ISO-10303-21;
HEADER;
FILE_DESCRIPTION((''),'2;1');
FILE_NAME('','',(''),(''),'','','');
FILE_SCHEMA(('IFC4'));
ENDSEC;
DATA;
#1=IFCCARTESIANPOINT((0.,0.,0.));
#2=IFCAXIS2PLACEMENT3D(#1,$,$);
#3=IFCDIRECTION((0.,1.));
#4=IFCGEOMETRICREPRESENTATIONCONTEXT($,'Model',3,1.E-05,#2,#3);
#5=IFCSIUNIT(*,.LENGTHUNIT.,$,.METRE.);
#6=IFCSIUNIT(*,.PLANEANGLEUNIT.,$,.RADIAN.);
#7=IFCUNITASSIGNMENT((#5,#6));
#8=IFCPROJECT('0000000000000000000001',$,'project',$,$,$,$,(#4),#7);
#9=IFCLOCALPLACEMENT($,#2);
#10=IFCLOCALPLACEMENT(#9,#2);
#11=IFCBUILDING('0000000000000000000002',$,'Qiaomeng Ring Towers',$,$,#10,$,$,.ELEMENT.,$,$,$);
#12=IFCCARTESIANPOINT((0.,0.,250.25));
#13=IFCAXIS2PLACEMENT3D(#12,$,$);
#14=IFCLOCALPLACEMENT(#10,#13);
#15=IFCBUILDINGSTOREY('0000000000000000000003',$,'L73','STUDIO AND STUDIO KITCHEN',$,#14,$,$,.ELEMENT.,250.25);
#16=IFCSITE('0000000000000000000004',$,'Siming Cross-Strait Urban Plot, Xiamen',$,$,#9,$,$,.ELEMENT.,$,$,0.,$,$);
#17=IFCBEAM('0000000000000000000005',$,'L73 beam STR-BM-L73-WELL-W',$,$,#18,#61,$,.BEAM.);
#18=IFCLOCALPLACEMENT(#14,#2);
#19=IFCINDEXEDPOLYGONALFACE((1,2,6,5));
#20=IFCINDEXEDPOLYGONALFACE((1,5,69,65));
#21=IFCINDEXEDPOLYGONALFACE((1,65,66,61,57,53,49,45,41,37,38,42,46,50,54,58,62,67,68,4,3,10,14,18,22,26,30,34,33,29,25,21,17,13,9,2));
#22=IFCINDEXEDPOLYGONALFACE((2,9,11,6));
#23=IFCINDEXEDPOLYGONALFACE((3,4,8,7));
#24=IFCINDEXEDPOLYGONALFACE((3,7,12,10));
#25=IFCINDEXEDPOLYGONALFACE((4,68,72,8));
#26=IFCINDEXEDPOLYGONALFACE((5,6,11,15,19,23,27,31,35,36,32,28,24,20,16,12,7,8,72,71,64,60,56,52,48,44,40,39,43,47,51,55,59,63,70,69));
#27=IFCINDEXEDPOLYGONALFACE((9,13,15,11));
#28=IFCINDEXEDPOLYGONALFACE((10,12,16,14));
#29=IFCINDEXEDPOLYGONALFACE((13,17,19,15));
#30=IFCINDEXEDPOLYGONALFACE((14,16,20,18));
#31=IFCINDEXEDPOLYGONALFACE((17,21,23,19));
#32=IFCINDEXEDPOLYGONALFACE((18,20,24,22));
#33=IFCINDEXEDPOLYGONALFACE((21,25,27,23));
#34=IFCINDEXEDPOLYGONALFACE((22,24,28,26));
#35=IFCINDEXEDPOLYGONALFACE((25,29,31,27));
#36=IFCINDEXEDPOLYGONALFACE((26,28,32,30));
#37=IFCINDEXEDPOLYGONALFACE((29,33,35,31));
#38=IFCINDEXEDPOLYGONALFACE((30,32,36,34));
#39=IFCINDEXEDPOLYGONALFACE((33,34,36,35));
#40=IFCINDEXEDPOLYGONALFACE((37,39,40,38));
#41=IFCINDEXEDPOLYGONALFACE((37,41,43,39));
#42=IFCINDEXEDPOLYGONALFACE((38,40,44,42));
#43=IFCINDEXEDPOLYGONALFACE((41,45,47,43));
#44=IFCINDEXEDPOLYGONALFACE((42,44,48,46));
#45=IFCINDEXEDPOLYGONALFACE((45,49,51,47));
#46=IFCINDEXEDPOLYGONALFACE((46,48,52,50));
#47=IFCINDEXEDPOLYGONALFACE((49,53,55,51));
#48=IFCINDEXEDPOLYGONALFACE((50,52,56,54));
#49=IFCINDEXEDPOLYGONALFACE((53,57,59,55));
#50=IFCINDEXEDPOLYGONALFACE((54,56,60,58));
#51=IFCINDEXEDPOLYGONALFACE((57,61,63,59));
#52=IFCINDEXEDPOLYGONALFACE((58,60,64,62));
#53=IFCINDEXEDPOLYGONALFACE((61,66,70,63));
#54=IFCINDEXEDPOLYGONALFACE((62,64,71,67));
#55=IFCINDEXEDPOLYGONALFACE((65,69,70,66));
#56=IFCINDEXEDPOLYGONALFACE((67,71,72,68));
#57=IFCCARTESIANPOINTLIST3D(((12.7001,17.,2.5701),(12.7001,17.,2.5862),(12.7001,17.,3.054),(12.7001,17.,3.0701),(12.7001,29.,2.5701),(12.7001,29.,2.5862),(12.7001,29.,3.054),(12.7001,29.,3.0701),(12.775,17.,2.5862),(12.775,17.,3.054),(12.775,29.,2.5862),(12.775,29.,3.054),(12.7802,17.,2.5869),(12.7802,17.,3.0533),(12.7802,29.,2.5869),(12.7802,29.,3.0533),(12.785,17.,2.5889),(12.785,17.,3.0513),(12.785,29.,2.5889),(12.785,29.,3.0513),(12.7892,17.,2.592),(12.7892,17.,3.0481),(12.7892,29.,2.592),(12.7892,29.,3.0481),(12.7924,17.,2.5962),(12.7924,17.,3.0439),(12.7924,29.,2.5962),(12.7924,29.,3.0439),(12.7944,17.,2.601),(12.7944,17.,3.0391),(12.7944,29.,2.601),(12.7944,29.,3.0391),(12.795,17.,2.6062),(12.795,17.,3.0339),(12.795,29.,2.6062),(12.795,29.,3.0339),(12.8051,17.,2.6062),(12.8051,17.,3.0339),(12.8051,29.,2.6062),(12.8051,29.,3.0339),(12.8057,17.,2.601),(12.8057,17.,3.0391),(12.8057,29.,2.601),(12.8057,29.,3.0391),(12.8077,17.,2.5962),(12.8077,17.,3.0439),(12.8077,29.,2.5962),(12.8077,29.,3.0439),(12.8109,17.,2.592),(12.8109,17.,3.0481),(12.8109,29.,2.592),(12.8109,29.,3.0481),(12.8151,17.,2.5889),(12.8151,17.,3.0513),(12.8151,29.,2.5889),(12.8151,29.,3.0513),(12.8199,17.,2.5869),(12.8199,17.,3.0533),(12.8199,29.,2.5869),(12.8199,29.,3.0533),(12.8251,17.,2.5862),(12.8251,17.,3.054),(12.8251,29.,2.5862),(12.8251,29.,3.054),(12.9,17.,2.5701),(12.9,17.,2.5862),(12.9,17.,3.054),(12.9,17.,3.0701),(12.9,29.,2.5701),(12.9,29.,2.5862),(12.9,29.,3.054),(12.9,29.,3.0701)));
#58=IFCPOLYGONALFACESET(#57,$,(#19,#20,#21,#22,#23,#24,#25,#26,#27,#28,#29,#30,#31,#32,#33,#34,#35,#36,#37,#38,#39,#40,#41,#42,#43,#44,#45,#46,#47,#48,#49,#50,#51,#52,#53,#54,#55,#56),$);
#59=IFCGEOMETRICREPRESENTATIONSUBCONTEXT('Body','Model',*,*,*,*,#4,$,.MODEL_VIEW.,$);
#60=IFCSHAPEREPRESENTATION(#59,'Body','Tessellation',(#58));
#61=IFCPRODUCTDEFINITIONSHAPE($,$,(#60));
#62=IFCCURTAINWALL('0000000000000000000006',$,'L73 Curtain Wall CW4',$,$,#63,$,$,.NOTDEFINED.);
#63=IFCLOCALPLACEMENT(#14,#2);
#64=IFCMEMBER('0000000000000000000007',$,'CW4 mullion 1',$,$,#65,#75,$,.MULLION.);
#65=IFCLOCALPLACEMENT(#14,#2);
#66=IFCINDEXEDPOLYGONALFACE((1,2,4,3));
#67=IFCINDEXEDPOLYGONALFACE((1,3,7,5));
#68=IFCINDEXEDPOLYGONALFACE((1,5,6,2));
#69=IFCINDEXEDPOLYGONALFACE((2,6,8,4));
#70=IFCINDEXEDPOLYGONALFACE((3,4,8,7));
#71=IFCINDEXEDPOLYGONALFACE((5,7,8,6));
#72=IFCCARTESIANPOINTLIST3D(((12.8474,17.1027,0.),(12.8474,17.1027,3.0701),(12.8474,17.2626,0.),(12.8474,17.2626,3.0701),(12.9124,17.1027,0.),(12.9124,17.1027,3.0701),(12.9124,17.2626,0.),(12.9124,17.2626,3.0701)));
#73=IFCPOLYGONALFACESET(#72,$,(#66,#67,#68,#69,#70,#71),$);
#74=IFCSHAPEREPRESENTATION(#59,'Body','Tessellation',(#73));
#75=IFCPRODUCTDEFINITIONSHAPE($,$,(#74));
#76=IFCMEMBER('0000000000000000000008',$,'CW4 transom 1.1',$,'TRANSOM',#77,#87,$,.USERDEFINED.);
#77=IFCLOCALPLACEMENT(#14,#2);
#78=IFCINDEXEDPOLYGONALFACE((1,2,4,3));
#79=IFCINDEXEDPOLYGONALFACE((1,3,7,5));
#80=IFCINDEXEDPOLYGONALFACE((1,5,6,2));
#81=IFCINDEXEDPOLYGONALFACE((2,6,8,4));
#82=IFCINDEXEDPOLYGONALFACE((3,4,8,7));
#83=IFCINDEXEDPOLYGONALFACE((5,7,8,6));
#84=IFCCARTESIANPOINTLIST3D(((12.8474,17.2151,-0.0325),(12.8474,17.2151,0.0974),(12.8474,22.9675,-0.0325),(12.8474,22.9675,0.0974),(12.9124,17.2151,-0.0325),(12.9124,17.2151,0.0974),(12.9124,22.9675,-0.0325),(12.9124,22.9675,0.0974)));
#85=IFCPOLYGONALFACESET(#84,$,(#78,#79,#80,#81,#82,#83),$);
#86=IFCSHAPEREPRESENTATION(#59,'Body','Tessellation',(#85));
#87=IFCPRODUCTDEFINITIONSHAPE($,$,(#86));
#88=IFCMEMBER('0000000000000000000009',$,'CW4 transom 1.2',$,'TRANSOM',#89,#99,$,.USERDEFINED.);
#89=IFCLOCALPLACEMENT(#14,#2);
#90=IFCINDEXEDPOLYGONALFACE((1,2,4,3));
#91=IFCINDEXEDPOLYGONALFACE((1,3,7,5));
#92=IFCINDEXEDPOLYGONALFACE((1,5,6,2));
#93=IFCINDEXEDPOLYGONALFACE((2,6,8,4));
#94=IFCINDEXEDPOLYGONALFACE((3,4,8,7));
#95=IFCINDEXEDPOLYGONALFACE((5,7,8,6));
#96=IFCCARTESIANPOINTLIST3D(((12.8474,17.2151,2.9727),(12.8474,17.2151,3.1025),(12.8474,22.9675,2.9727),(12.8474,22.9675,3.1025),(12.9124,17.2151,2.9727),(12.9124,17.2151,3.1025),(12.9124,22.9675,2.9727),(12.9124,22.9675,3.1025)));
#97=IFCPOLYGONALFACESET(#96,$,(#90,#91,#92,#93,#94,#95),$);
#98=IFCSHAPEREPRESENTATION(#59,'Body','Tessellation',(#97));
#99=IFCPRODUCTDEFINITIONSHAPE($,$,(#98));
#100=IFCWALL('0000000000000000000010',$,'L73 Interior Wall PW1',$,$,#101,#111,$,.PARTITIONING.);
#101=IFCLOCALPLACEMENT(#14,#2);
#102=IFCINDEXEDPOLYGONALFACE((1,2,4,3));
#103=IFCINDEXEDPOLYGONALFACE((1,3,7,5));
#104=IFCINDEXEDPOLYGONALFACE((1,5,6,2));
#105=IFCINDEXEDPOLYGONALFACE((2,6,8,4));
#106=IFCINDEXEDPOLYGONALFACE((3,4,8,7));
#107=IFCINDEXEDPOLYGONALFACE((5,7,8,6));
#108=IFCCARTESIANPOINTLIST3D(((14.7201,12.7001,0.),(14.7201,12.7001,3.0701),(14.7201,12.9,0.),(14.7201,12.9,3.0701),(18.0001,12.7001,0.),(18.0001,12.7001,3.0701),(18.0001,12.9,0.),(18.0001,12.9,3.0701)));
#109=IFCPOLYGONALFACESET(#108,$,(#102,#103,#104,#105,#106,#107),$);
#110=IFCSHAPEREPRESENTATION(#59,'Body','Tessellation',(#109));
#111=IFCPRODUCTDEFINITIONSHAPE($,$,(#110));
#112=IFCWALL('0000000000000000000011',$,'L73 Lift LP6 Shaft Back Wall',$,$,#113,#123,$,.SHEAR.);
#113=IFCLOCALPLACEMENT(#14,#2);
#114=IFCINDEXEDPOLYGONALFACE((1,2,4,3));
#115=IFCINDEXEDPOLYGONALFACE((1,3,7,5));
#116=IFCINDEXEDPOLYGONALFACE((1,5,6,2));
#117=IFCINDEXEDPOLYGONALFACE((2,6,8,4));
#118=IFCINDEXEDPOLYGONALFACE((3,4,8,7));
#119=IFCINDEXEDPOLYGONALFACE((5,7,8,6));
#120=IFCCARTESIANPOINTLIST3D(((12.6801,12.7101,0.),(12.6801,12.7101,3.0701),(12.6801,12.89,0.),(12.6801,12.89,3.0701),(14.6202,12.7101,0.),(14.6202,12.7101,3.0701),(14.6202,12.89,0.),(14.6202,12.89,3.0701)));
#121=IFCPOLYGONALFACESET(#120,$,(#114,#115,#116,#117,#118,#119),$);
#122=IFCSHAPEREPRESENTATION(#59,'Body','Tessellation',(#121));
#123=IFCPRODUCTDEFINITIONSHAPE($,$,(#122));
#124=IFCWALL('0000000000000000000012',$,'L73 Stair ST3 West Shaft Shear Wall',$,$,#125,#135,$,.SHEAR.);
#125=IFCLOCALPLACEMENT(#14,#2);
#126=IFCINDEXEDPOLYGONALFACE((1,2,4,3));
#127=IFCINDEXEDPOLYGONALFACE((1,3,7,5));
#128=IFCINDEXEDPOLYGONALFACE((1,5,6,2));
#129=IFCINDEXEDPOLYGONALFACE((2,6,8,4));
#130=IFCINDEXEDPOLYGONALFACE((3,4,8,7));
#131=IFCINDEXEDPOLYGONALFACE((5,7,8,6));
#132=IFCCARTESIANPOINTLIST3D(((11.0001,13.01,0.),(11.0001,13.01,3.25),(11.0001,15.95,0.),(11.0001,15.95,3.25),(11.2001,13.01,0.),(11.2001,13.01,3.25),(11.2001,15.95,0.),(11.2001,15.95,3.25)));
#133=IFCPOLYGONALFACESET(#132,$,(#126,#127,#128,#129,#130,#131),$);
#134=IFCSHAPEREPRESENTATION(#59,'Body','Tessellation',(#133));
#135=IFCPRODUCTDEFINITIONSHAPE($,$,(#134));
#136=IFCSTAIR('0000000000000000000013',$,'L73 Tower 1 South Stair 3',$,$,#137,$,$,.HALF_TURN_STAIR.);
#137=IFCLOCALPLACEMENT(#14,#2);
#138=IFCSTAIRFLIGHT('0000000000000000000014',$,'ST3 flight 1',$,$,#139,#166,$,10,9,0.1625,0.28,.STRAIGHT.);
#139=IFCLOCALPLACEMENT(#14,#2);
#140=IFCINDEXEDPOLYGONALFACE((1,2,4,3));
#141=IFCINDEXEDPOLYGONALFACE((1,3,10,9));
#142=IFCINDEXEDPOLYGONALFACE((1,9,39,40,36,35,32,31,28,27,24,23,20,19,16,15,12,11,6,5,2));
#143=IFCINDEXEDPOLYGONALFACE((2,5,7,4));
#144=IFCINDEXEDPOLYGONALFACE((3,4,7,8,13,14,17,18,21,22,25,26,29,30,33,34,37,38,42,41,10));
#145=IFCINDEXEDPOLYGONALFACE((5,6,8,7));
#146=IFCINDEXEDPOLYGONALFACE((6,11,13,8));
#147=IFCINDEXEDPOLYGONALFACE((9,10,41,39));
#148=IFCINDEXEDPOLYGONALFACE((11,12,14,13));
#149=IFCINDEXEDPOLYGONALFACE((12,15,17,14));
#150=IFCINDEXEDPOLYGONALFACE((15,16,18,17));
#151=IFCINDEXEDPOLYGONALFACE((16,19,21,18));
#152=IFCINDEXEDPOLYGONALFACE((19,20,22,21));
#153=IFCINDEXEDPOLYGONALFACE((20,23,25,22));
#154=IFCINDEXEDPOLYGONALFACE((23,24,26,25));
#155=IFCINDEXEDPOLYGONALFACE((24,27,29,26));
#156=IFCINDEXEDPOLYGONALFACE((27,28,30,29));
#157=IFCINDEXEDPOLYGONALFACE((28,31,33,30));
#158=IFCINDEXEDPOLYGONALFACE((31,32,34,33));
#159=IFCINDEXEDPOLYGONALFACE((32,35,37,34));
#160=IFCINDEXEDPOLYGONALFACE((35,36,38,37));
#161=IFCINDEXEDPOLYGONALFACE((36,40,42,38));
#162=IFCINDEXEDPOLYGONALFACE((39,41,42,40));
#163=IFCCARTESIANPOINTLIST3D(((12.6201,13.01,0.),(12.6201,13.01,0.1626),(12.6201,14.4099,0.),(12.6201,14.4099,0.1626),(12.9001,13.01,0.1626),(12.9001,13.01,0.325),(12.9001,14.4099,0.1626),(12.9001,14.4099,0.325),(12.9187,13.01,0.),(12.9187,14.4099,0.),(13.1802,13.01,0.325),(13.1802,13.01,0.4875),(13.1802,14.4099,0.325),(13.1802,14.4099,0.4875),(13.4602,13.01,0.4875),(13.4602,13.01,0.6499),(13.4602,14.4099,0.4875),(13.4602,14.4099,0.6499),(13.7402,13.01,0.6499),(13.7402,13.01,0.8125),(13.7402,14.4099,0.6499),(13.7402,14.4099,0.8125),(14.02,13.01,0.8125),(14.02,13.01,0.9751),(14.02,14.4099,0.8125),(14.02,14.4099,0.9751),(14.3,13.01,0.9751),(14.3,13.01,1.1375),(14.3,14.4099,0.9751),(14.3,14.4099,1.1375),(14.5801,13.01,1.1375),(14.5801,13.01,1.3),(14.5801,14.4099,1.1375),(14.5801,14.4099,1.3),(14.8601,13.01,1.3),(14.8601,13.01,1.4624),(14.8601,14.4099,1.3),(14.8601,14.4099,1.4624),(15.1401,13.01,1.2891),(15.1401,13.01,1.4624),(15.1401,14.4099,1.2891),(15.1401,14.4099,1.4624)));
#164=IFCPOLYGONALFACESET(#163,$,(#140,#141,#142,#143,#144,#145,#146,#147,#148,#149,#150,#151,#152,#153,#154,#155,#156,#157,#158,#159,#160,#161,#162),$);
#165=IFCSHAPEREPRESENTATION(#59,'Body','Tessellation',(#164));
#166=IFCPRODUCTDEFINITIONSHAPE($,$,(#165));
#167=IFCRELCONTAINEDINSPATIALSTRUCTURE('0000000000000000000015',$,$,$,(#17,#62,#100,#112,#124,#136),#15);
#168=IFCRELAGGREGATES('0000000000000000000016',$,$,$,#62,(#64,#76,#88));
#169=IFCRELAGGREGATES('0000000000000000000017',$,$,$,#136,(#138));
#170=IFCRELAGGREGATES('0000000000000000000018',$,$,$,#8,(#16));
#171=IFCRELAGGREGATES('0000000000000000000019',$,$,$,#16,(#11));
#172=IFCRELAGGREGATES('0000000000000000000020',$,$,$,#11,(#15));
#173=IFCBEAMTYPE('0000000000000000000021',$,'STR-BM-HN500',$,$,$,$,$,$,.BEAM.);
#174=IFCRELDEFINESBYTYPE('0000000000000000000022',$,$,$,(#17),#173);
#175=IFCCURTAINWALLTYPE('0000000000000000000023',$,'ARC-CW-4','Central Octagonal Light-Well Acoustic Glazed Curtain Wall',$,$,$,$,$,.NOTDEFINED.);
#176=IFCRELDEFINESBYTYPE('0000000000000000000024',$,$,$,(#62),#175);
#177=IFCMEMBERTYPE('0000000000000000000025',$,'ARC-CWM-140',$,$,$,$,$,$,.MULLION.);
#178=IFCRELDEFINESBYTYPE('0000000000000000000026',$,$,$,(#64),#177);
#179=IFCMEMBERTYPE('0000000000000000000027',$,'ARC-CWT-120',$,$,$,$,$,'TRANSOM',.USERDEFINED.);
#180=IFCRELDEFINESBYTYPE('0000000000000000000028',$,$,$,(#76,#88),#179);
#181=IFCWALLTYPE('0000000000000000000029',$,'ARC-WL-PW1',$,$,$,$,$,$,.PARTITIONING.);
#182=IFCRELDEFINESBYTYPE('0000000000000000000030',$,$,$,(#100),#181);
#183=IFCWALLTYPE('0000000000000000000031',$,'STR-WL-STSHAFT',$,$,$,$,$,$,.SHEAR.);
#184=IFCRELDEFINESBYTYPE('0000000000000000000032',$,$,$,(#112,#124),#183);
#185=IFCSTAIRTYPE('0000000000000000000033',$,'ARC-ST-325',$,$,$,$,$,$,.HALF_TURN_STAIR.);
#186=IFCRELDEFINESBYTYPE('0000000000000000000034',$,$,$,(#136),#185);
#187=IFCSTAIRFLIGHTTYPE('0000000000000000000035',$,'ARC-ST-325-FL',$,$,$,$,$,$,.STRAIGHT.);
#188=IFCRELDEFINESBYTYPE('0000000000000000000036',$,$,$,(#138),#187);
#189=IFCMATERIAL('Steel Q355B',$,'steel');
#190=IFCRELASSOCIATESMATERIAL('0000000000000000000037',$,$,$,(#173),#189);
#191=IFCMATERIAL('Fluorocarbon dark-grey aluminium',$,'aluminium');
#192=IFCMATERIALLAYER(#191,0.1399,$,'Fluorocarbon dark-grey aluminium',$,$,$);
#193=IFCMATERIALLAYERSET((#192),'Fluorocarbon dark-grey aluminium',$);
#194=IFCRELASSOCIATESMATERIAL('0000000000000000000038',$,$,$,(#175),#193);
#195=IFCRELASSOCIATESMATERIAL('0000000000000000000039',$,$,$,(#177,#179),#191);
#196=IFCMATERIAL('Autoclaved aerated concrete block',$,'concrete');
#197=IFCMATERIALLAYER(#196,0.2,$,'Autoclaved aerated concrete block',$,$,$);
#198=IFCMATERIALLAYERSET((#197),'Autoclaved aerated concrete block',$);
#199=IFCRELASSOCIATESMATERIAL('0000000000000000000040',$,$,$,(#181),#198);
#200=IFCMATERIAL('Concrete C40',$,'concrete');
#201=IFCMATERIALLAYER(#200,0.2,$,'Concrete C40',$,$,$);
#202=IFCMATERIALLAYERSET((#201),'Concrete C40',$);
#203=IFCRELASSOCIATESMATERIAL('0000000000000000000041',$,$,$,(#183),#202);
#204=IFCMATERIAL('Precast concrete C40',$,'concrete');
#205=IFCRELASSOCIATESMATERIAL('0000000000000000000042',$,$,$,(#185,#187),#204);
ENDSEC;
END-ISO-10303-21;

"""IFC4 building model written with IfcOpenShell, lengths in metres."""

from ifc_helpers import new_model, si_unit, direction, frame, frame_2d, origin, origin_2d, place, context, subcontext, project, spatial, polyline, rectangle, i_section, outline, extrude, source, transform, mapped, material, layer, layer_set, material_profile, profile_set, type_object, element, aggregate, save


model = new_model("IFC4")

# Units and contexts
model_context = context("Model", 3, precision=1e-05, world=origin(), true_north=direction((0.0, 1.0)))
body_context = subcontext(model_context, "Body", "Model", "MODEL_VIEW")
ifc_project = project(units=[si_unit("LENGTHUNIT", "METRE"), si_unit("PLANEANGLEUNIT", "RADIAN")], contexts=[model_context])

# Site, building, storey
site_placement = place(None, origin())
site = spatial("IfcSite", under=ifc_project, at=site_placement, Name="Siming Cross-Strait Urban Plot, Xiamen", CompositionType="ELEMENT", RefElevation=0.0)
building_placement = place(site_placement, origin())
building = spatial("IfcBuilding", under=site, at=building_placement, Name="Qiaomeng Ring Towers", CompositionType="ELEMENT")
storey_placement = place(building_placement, frame((0.0, 0.0, 250.25)))
storey = spatial("IfcBuildingStorey", under=building, at=storey_placement, Name="L73", Description="STUDIO AND STUDIO KITCHEN", CompositionType="ELEMENT", Elevation=250.25)

# Beam
ifc_material_1 = material(Name="Steel Q355B", Category="steel")
ifc_material_profile_1 = material_profile(ifc_material_1, i_section(OverallWidth=0.2, OverallDepth=0.5, WebThickness=0.01, FlangeThickness=0.0161, FilletRadius=0.02, at=origin_2d()), Name="HN 500x200x10x16")
ifc_profile_set_1 = profile_set([ifc_material_profile_1], Name="Steel Q355B")
beam_type = type_object("IfcBeamType", Name="STR-BM-HN500", PredefinedType="BEAM", material=ifc_profile_set_1)
shared_shape_1 = source(origin(), body_context, "Body", "SweptSolid", [
    extrude(i_section(OverallWidth=0.2, OverallDepth=0.5, WebThickness=0.01, FlangeThickness=0.0161, FilletRadius=0.02, at=origin_2d()), origin(), (0.0, 0.0, 1.0), 12.0),
])
beam_placement = place(storey_placement, frame((12.8, 17.0, 2.8201), z_axis=(0.0, 1.0, 0.0), x_axis=(-1.0, 0.0, 0.0)))
element("IfcBeam", 1, at=beam_placement, inside=storey, type_object=beam_type, Name="L73 beam STR-BM-L73-WELL-W", PredefinedType="BEAM", context=body_context, shape_type="MappedRepresentation", body=[
    mapped(shared_shape_1, transform((0.0, 0.0, 0.0), x_axis=(1.0, 0.0, 0.0), y_axis=(0.0, 1.0, 0.0), z_axis=(0.0, 0.0, 1.0), scale=1.0)),
])

# Curtain wall, members
ifc_material_2 = material(Name="Fluorocarbon dark-grey aluminium", Category="aluminium")
ifc_layer_1 = layer(ifc_material_2, 0.1399, Name="Fluorocarbon dark-grey aluminium")
ifc_layer_set_1 = layer_set([ifc_layer_1], Name="Fluorocarbon dark-grey aluminium")
curtain_wall_type = type_object("IfcCurtainWallType", Name="ARC-CW-4", Description="Central Octagonal Light-Well Acoustic Glazed Curtain Wall", PredefinedType="NOTDEFINED", material=ifc_layer_set_1)
curtain_wall_placement = place(storey_placement, origin())
curtain_wall = element("IfcCurtainWall", 2, at=curtain_wall_placement, inside=storey, type_object=curtain_wall_type, Name="L73 Curtain Wall CW4", PredefinedType="NOTDEFINED")
ifc_material_profile_2 = material_profile(ifc_material_2, rectangle(XDim=0.0649, YDim=0.1599, at=origin_2d()), Name="ALU MULL 65x160")
ifc_profile_set_2 = profile_set([ifc_material_profile_2], Name="Fluorocarbon dark-grey aluminium")
member_type_1 = type_object("IfcMemberType", Name="ARC-CWM-140", PredefinedType="MULLION", material=ifc_profile_set_2)
shared_shape_2 = source(origin(), body_context, "Body", "SweptSolid", [
    extrude(rectangle(XDim=0.0649, YDim=0.1599, at=origin_2d()), origin(), (0.0, 0.0, 1.0), 3.0701),
])
member_1_placement = place(storey_placement, frame((12.8799, 17.1826, 0.0), z_axis=(0.0, 0.0, 1.0), x_axis=(-1.0, 0.0, 0.0)))
member_1 = element("IfcMember", 3, at=member_1_placement, type_object=member_type_1, Name="CW4 mullion 1", PredefinedType="MULLION", context=body_context, shape_type="MappedRepresentation", body=[
    mapped(shared_shape_2, transform((0.0, 0.0, 0.0), x_axis=(1.0, 0.0, 0.0), y_axis=(0.0, 1.0, 0.0), z_axis=(0.0, 0.0, 1.0), scale=1.0)),
])
ifc_material_profile_3 = material_profile(ifc_material_2, rectangle(XDim=0.0649, YDim=0.1299, at=origin_2d()), Name="ALU TRAN 65x130")
ifc_profile_set_3 = profile_set([ifc_material_profile_3], Name="Fluorocarbon dark-grey aluminium")
member_type_2 = type_object("IfcMemberType", Name="ARC-CWT-120", ElementType="TRANSOM", PredefinedType="USERDEFINED", material=ifc_profile_set_3)
shared_shape_3 = source(origin(), body_context, "Body", "SweptSolid", [
    extrude(rectangle(XDim=0.0649, YDim=0.1299, at=origin_2d()), origin(), (0.0, 0.0, 1.0), 5.7524),
])
member_2_placement = place(storey_placement, frame((12.8799, 17.2151, 0.0325), z_axis=(0.0, 1.0, 0.0), x_axis=(-1.0, 0.0, 0.0)))
member_2 = element("IfcMember", 4, at=member_2_placement, type_object=member_type_2, Name="CW4 transom 1.1", ObjectType="TRANSOM", PredefinedType="USERDEFINED", context=body_context, shape_type="MappedRepresentation", body=[
    mapped(shared_shape_3, transform((0.0, 0.0, 0.0), x_axis=(1.0, 0.0, 0.0), y_axis=(0.0, 1.0, 0.0), z_axis=(0.0, 0.0, 1.0), scale=1.0)),
])
member_3_placement = place(storey_placement, frame((12.8799, 17.2151, 3.0376), z_axis=(0.0, 1.0, 0.0), x_axis=(-1.0, 0.0, 0.0)))
member_3 = element("IfcMember", 5, at=member_3_placement, type_object=member_type_2, Name="CW4 transom 1.2", ObjectType="TRANSOM", PredefinedType="USERDEFINED", context=body_context, shape_type="MappedRepresentation", body=[
    mapped(shared_shape_3, transform((0.0, 0.0, 0.0), x_axis=(1.0, 0.0, 0.0), y_axis=(0.0, 1.0, 0.0), z_axis=(0.0, 0.0, 1.0), scale=1.0)),
])
aggregate(curtain_wall, [member_1, member_2, member_3])

# Walls
ifc_material_3 = material(Name="Autoclaved aerated concrete block", Category="concrete")
ifc_layer_2 = layer(ifc_material_3, 0.2, Name="Autoclaved aerated concrete block")
ifc_layer_set_2 = layer_set([ifc_layer_2], Name="Autoclaved aerated concrete block")
wall_type_1 = type_object("IfcWallType", Name="ARC-WL-PW1", PredefinedType="PARTITIONING", material=ifc_layer_set_2)
wall_1_placement = place(storey_placement, frame((14.72, 12.8, 0.0), z_axis=(0.0, 0.0, 1.0), x_axis=(1.0, 0.0, 0.0)))
element("IfcWall", 6, at=wall_1_placement, inside=storey, type_object=wall_type_1, Name="L73 Interior Wall PW1", PredefinedType="PARTITIONING", context=body_context, shape_type="SweptSolid", body=[
    extrude(rectangle(XDim=3.28, YDim=0.2, at=frame_2d((1.6401, 0.0))), origin(), (0.0, 0.0, 1.0), 3.0701),
])
ifc_material_4 = material(Name="Concrete C40", Category="concrete")
ifc_layer_3 = layer(ifc_material_4, 0.2, Name="Concrete C40")
ifc_layer_set_3 = layer_set([ifc_layer_3], Name="Concrete C40")
wall_type_2 = type_object("IfcWallType", Name="STR-WL-STSHAFT", PredefinedType="SHEAR", material=ifc_layer_set_3)
wall_2_placement = place(storey_placement, frame((12.6799, 12.8, 0.0), z_axis=(0.0, 0.0, 1.0), x_axis=(1.0, 0.0, 0.0)))
element("IfcWall", 7, at=wall_2_placement, inside=storey, type_object=wall_type_2, Name="L73 Lift LP6 Shaft Back Wall", PredefinedType="SHEAR", context=body_context, shape_type="SweptSolid", body=[
    extrude(rectangle(XDim=1.9402, YDim=0.1799, at=frame_2d((0.9702, 0.0))), origin(), (0.0, 0.0, 1.0), 3.0701),
])
wall_3_placement = place(storey_placement, frame((11.1001, 13.01, 0.0), z_axis=(0.0, 0.0, 1.0), x_axis=(0.0, 1.0, 0.0)))
element("IfcWall", 8, at=wall_3_placement, inside=storey, type_object=wall_type_2, Name="L73 Stair ST3 West Shaft Shear Wall", PredefinedType="SHEAR", context=body_context, shape_type="SweptSolid", body=[
    extrude(rectangle(XDim=2.9399, YDim=0.2, at=frame_2d((1.47, 0.0))), origin(), (0.0, 0.0, 1.0), 3.25),
])

# Stair, stair flight
ifc_material_5 = material(Name="Precast concrete C40", Category="concrete")
stair_type = type_object("IfcStairType", Name="ARC-ST-325", PredefinedType="HALF_TURN_STAIR", material=ifc_material_5)
stair_placement = place(storey_placement, origin())
stair = element("IfcStair", 9, at=stair_placement, inside=storey, type_object=stair_type, Name="L73 Tower 1 South Stair 3", PredefinedType="HALF_TURN_STAIR")
stair_flight_type = type_object("IfcStairFlightType", Name="ARC-ST-325-FL", PredefinedType="STRAIGHT", material=ifc_material_5)
shared_shape_4 = source(origin(), body_context, "Body", "SweptSolid", [
    extrude(outline(polyline([(0.0, 0.0), (0.0, 0.1626), (0.28, 0.1626), (0.28, 0.325), (0.5601, 0.325), (0.5601, 0.4875), (0.8401, 0.4875), (0.8401, 0.6499), (1.1201, 0.6499), (1.1201, 0.8125), (1.3999, 0.8125), (1.3999, 0.9751), (1.6799, 0.9751), (1.6799, 1.1375), (1.96, 1.1375), (1.96, 1.3), (2.24, 1.3), (2.24, 1.4624), (2.52, 1.4624), (2.52, 1.625), (2.52, 1.2891), (0.2986, 0.0), (0.0, 0.0)])), frame((0.0, 0.7, 0.0), z_axis=(0.0, -1.0, 0.0), x_axis=(1.0, 0.0, 0.0)), (0.0, 0.0, 1.0), 1.3999),
])
stair_flight_1_placement = place(storey_placement, frame((12.6201, 13.71, 0.0), z_axis=(0.0, 0.0, 1.0), x_axis=(1.0, 0.0, 0.0)))
stair_flight_1 = element("IfcStairFlight", 10, at=stair_flight_1_placement, type_object=stair_flight_type, Name="ST3 flight 1", NumberOfRisers=10, NumberOfTreads=9, PredefinedType="STRAIGHT", RiserHeight=0.1625, TreadLength=0.28, context=body_context, shape_type="MappedRepresentation", body=[
    mapped(shared_shape_4, transform((0.0, 0.0, 0.0), x_axis=(1.0, 0.0, 0.0), y_axis=(0.0, 1.0, 0.0), z_axis=(0.0, 0.0, 1.0), scale=1.0)),
])
aggregate(stair, [stair_flight_1])

save(model, "model.ifc")
